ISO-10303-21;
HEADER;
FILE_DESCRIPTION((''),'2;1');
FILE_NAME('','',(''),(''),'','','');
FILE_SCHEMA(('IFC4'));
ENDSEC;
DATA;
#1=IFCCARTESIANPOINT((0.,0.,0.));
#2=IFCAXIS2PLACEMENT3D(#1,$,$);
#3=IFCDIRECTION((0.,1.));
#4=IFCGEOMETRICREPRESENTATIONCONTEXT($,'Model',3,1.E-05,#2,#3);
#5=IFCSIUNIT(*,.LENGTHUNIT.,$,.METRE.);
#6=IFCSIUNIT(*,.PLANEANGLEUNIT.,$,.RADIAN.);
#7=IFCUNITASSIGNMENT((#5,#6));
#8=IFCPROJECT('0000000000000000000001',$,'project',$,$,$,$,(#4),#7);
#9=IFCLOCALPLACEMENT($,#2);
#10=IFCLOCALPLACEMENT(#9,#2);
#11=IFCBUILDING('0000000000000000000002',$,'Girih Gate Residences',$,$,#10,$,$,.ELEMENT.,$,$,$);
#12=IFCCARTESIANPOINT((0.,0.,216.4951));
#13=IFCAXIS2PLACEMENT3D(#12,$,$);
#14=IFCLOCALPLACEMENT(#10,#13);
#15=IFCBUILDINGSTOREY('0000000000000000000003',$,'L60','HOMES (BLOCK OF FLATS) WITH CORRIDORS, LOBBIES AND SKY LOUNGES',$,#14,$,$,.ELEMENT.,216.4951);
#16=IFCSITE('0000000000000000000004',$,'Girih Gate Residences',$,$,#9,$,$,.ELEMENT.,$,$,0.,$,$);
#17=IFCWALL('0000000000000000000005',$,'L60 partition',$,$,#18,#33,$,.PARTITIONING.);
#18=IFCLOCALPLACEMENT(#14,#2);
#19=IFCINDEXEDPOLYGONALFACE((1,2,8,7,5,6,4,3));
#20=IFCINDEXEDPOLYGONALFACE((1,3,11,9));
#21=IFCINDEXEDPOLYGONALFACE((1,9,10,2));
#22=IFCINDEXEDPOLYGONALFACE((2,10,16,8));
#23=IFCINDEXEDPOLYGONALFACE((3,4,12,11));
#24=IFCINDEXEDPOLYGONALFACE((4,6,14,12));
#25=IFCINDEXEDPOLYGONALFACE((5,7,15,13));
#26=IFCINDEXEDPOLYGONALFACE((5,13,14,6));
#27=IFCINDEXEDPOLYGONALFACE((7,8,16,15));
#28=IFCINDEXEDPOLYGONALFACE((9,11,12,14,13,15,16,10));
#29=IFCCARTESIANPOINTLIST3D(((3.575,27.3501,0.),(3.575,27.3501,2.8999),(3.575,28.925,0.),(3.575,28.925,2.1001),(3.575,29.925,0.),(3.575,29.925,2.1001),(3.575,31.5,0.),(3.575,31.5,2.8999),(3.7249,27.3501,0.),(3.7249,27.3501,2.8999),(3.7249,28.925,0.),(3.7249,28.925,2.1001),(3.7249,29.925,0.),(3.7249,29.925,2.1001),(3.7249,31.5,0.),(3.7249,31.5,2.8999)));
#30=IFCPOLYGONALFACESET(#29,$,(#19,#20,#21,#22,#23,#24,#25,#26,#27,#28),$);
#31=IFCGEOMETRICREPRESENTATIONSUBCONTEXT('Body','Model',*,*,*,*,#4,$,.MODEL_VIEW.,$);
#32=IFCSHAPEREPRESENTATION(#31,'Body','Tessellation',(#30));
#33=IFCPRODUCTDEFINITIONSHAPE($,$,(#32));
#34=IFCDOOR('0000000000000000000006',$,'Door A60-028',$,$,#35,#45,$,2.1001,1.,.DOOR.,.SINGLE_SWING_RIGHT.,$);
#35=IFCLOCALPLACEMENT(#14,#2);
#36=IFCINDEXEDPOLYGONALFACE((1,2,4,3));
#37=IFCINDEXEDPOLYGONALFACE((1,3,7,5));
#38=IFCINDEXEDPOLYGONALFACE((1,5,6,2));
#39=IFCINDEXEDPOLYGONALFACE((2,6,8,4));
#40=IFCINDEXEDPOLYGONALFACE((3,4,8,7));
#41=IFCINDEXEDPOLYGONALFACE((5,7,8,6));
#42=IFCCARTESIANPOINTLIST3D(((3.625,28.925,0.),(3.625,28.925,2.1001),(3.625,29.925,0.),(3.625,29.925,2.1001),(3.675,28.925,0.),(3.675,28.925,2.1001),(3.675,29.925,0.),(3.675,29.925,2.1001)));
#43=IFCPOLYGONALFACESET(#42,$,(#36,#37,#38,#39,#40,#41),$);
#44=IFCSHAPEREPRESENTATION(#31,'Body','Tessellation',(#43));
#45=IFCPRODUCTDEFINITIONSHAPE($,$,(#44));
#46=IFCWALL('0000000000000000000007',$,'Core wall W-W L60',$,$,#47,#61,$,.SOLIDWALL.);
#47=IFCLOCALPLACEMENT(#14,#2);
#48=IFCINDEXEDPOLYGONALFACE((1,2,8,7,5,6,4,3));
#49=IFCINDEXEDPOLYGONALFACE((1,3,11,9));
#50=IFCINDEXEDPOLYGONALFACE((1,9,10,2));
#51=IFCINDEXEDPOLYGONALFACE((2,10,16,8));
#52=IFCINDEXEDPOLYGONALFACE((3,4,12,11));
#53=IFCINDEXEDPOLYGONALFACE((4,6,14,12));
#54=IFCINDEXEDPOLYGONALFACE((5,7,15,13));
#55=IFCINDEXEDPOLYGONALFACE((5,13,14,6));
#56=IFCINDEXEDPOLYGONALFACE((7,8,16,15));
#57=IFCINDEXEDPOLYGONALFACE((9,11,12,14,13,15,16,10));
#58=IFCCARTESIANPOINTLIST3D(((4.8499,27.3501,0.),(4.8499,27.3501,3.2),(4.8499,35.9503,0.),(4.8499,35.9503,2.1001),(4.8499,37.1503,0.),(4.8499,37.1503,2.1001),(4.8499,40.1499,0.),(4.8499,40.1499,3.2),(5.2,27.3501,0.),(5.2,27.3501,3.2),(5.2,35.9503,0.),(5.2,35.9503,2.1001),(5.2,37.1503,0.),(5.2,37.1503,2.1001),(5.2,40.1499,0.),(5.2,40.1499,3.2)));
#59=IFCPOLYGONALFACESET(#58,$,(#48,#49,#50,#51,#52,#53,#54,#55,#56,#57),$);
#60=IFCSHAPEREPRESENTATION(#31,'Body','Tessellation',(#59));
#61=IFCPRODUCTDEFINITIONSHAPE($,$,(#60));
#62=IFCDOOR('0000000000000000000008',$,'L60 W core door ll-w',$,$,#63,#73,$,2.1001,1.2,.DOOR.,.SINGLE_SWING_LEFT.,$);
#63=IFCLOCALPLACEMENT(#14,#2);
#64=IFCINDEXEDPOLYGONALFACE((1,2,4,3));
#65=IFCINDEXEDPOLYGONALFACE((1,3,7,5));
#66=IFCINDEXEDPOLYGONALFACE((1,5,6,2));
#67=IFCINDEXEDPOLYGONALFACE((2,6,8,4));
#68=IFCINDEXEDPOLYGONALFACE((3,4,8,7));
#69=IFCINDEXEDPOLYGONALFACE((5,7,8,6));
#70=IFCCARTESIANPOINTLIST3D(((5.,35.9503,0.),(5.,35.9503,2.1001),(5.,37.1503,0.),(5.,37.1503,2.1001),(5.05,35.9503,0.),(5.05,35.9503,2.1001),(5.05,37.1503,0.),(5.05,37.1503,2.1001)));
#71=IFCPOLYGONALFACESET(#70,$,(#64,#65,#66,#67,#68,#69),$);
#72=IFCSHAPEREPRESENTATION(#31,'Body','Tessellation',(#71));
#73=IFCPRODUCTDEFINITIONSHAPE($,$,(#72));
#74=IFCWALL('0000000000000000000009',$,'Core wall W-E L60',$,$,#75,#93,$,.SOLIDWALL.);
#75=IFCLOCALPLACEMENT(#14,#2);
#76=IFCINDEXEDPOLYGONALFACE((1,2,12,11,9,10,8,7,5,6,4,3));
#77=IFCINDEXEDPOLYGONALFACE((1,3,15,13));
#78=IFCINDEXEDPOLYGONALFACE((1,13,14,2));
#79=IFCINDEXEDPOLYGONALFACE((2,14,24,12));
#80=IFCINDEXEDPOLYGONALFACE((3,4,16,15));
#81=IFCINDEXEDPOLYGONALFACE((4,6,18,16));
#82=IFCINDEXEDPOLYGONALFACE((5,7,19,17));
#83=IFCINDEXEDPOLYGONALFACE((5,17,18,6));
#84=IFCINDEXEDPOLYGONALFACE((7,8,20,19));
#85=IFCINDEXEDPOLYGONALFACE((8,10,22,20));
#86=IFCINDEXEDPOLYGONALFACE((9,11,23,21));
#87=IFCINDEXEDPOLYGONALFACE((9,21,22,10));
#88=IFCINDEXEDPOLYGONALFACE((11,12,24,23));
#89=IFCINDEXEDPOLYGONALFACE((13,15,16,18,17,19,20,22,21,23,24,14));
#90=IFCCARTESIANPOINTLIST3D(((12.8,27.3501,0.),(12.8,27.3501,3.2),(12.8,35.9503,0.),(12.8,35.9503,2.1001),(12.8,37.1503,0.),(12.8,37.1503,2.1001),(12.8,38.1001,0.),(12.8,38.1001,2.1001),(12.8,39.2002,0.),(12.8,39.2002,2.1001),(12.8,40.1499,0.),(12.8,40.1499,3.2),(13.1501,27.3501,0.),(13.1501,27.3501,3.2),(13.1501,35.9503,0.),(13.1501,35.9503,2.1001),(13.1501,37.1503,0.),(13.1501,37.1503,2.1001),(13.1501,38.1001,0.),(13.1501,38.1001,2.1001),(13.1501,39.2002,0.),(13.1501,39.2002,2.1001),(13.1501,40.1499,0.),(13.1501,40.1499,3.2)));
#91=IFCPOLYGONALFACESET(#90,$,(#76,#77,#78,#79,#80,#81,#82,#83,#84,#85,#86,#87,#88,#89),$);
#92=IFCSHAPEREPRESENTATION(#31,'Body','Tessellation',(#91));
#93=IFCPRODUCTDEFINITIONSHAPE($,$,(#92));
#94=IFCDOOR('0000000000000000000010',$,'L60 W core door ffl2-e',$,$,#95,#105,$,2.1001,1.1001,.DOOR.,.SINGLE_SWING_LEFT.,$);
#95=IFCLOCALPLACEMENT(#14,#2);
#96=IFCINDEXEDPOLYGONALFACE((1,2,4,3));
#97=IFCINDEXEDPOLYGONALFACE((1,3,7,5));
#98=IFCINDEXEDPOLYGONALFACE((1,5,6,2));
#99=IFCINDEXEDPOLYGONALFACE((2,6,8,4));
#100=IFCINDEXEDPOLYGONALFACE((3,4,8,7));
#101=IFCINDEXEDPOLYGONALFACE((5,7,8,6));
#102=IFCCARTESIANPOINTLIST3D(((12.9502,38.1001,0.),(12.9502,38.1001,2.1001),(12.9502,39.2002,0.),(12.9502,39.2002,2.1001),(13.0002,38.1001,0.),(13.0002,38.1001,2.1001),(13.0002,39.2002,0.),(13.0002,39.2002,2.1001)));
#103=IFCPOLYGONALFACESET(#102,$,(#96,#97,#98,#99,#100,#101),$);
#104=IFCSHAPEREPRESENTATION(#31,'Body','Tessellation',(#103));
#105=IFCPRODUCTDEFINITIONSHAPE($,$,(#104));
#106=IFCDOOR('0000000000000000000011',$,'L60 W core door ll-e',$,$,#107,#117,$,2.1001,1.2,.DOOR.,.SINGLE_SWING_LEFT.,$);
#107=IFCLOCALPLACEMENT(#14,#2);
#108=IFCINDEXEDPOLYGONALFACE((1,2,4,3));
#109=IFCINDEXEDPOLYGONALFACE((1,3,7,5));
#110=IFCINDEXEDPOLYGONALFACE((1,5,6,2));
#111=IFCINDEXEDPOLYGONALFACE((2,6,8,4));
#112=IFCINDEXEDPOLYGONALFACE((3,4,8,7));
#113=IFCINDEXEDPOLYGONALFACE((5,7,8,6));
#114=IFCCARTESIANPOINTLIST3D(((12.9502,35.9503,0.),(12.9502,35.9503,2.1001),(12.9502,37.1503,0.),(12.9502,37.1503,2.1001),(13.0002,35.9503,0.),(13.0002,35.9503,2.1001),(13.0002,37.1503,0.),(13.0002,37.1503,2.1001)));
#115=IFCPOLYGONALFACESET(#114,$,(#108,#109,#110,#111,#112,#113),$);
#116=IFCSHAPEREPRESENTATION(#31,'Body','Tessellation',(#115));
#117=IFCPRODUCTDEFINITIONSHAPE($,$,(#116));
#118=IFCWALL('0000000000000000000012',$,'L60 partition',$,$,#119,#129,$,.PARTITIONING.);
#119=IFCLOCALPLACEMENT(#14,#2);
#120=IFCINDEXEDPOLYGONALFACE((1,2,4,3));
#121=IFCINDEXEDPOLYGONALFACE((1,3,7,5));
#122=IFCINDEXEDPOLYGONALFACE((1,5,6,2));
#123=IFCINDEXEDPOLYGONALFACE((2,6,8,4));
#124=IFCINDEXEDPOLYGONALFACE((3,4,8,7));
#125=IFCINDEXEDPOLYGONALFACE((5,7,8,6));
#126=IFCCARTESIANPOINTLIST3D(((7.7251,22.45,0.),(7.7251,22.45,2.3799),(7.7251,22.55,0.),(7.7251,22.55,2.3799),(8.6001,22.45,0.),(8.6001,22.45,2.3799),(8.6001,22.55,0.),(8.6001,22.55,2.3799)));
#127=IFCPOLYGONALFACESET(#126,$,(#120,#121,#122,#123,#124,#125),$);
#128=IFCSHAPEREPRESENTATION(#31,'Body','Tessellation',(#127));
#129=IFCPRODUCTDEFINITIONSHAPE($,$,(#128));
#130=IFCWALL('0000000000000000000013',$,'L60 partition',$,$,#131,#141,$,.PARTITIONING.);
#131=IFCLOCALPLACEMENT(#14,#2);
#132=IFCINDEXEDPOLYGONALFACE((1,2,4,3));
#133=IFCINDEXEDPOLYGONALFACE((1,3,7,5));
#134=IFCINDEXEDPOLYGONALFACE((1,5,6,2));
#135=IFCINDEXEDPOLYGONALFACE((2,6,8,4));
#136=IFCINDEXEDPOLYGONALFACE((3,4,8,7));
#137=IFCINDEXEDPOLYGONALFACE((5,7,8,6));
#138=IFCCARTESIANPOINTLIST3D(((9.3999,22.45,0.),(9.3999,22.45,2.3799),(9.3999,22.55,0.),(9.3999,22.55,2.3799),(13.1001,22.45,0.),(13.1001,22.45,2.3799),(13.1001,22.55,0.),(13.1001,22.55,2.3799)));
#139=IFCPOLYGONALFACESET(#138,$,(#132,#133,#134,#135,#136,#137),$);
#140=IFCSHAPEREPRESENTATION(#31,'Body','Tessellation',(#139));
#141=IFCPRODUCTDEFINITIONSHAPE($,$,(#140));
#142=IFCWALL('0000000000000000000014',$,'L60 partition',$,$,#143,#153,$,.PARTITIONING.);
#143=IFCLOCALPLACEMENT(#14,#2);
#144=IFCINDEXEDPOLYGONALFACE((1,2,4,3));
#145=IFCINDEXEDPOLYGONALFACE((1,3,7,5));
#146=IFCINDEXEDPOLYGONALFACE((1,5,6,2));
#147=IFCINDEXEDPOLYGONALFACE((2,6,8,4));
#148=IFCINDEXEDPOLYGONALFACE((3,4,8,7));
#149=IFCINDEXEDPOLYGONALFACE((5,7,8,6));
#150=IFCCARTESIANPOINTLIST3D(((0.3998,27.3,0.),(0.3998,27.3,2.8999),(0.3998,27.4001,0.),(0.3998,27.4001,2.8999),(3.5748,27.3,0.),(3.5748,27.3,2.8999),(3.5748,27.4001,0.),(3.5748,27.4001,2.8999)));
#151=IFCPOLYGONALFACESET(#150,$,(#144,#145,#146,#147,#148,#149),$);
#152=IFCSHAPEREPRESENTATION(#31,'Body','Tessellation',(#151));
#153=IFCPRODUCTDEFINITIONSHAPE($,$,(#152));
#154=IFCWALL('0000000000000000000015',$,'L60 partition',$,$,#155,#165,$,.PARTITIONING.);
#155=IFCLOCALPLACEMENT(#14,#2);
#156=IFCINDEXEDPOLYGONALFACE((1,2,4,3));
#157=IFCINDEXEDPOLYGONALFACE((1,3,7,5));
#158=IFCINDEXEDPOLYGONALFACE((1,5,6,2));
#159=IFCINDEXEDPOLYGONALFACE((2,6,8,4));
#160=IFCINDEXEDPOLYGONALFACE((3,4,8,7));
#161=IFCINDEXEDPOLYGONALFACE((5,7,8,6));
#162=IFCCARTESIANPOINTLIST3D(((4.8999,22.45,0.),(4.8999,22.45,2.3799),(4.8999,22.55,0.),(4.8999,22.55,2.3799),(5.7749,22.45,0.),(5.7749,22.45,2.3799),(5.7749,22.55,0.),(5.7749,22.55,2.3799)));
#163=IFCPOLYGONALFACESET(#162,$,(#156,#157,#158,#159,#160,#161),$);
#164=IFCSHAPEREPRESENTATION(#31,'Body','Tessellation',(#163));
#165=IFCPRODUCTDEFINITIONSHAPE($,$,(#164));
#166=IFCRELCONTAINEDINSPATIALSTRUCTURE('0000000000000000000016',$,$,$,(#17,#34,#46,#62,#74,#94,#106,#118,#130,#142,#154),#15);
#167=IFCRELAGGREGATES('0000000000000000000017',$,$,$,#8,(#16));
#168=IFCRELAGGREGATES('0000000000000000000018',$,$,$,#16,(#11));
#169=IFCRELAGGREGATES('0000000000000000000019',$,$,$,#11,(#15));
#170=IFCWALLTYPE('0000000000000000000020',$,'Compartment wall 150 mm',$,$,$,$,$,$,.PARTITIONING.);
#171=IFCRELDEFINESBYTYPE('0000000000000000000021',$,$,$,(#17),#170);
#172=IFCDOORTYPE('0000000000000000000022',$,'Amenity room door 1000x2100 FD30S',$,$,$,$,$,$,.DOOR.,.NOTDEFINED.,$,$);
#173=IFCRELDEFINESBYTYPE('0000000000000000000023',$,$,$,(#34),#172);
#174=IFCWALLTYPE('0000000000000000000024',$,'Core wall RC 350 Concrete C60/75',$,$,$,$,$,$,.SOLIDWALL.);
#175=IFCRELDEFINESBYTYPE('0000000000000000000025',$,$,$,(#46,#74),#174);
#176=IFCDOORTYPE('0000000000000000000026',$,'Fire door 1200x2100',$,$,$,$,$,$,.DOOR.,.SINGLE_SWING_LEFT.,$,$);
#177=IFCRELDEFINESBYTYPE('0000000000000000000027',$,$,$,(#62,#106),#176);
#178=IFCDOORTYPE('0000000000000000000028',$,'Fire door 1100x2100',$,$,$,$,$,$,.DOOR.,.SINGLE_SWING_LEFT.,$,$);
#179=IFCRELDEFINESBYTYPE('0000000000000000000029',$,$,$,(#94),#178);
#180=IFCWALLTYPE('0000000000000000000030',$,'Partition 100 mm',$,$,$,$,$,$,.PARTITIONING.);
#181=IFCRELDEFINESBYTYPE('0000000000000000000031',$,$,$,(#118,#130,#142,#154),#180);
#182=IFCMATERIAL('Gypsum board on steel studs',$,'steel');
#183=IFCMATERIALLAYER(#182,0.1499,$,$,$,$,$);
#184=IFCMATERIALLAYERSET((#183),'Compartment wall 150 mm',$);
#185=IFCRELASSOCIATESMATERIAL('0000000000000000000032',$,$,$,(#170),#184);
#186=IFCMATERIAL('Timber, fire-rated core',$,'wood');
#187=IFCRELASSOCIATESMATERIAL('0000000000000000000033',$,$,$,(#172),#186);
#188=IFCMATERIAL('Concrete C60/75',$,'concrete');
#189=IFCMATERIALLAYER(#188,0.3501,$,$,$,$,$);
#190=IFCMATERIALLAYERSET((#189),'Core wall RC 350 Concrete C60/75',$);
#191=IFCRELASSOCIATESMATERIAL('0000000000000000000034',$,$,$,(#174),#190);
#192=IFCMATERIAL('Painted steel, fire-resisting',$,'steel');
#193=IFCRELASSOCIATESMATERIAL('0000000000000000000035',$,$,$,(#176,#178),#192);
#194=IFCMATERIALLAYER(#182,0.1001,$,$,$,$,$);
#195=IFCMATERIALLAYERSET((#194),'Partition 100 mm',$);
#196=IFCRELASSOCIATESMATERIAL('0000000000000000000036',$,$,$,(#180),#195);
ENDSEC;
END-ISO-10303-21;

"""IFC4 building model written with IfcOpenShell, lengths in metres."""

from ifc_helpers import new_model, si_unit, direction, frame, frame_2d, origin, place, context, subcontext, project, spatial, rectangle, extrude, material, layer, layer_set, type_object, element, fill, save


model = new_model("IFC4")

# Units and contexts
model_context = context("Model", 3, precision=1e-05, world=origin(), true_north=direction((0.0, 1.0)))
body_context = subcontext(model_context, "Body", "Model", "MODEL_VIEW")
ifc_project = project(units=[si_unit("LENGTHUNIT", "METRE"), si_unit("PLANEANGLEUNIT", "RADIAN")], contexts=[model_context])

# Site, building, storey
site_placement = place(None, origin())
site = spatial("IfcSite", under=ifc_project, at=site_placement, Name="Girih Gate Residences", CompositionType="ELEMENT", RefElevation=0.0)
building_placement = place(site_placement, origin())
building = spatial("IfcBuilding", under=site, at=building_placement, Name="Girih Gate Residences", CompositionType="ELEMENT")
storey_placement = place(building_placement, frame((0.0, 0.0, 216.4951)))
storey = spatial("IfcBuildingStorey", under=building, at=storey_placement, Name="L60", Description="HOMES (BLOCK OF FLATS) WITH CORRIDORS, LOBBIES AND SKY LOUNGES", CompositionType="ELEMENT", Elevation=216.4951)

# Shared definitions
ifc_material_1 = material(Name="Concrete C60/75", Category="concrete")

# Shared definitions
ifc_material_2 = material(Name="Gypsum board on steel studs", Category="steel")
ifc_layer_1 = layer(ifc_material_2, 0.1499)
ifc_layer_set_1 = layer_set([ifc_layer_1], Name="Compartment wall 150 mm")
wall_type_1 = type_object("IfcWallType", Name="Compartment wall 150 mm", PredefinedType="PARTITIONING", material=ifc_layer_set_1)
ifc_material_3 = material(Name="Timber, fire-rated core", Category="wood")
door_type_1 = type_object("IfcDoorType", Name="Amenity room door 1000x2100 FD30S", OperationType="NOTDEFINED", PredefinedType="DOOR", material=ifc_material_3)

# Walls, openings, doors
wall_1_placement = place(storey_placement, frame((3.6499, 27.3501, 0.0), z_axis=(0.0, 0.0, 1.0), x_axis=(0.0, 1.0, 0.0)))
wall_1 = element("IfcWall", 1, at=wall_1_placement, inside=storey, type_object=wall_type_1, Name="L60 partition", PredefinedType="PARTITIONING", context=body_context, shape_type="SweptSolid", body=[
    extrude(rectangle(XDim=4.1499, YDim=0.1499, at=frame_2d((2.075, 0.0))), origin(), (0.0, 0.0, 1.0), 2.8999),
])
opening_1_placement = place(wall_1_placement, frame((1.575, 0.0, 0.0)))
opening_1 = element("IfcOpeningElement", 2, at=opening_1_placement, cuts=wall_1, PredefinedType="OPENING", context=body_context, shape_type="SweptSolid", body=[
    extrude(rectangle(XDim=1.0, YDim=2.1001, at=frame_2d((0.5, 1.05))), frame((0.0, 0.085, 0.0), z_axis=(0.0, -1.0, 0.0), x_axis=(1.0, 0.0, 0.0)), (0.0, 0.0, 1.0), 0.1699),
])
door_1_placement = place(opening_1_placement, origin())
door_1 = element("IfcDoor", 3, at=door_1_placement, inside=storey, type_object=door_type_1, Name="Door A60-028", OperationType="SINGLE_SWING_RIGHT", OverallHeight=2.1001, OverallWidth=1.0, PredefinedType="DOOR", context=body_context, shape_type="SweptSolid", body=[
    extrude(rectangle(XDim=1.0, YDim=2.1001, at=frame_2d((0.5, 1.05))), frame((0.0, 0.0249, 0.0), z_axis=(0.0, -1.0, 0.0), x_axis=(1.0, 0.0, 0.0)), (0.0, 0.0, 1.0), 0.05),
])
fill(opening_1, door_1)
ifc_layer_2 = layer(ifc_material_1, 0.3501)
ifc_layer_set_2 = layer_set([ifc_layer_2], Name="Core wall RC 350 Concrete C60/75")
wall_type_2 = type_object("IfcWallType", Name="Core wall RC 350 Concrete C60/75", PredefinedType="SOLIDWALL", material=ifc_layer_set_2)
wall_2_placement = place(storey_placement, frame((5.0249, 27.3501, 0.0), z_axis=(0.0, 0.0, 1.0), x_axis=(0.0, 1.0, 0.0)))
wall_2 = element("IfcWall", 4, at=wall_2_placement, inside=storey, type_object=wall_type_2, Name="Core wall W-W L60", PredefinedType="SOLIDWALL", context=body_context, shape_type="SweptSolid", body=[
    extrude(rectangle(XDim=12.7998, YDim=0.3501, at=frame_2d((6.3999, 0.0))), origin(), (0.0, 0.0, 1.0), 3.2),
])
opening_2_placement = place(wall_2_placement, frame((8.6001, 0.0, 0.0)))
opening_2 = element("IfcOpeningElement", 5, at=opening_2_placement, cuts=wall_2, PredefinedType="OPENING", context=body_context, shape_type="SweptSolid", body=[
    extrude(rectangle(XDim=1.2, YDim=2.1001, at=frame_2d((0.6001, 1.05))), frame((0.0, 0.1851, 0.0), z_axis=(0.0, -1.0, 0.0), x_axis=(1.0, 0.0, 0.0)), (0.0, 0.0, 1.0), 0.3701),
])
ifc_material_4 = material(Name="Painted steel, fire-resisting", Category="steel")
door_type_2 = type_object("IfcDoorType", Name="Fire door 1200x2100", OperationType="SINGLE_SWING_LEFT", PredefinedType="DOOR", material=ifc_material_4)
door_2_placement = place(opening_2_placement, origin())
door_2 = element("IfcDoor", 6, at=door_2_placement, inside=storey, type_object=door_type_2, Name="L60 W core door ll-w", OperationType="SINGLE_SWING_LEFT", OverallHeight=2.1001, OverallWidth=1.2, PredefinedType="DOOR", context=body_context, shape_type="SweptSolid", body=[
    extrude(rectangle(XDim=1.2, YDim=2.1001, at=frame_2d((0.6001, 1.05))), frame((0.0, 0.0249, 0.0), z_axis=(0.0, -1.0, 0.0), x_axis=(1.0, 0.0, 0.0)), (0.0, 0.0, 1.0), 0.05),
])
fill(opening_2, door_2)

# Wall, openings, doors
wall_3_placement = place(storey_placement, frame((12.9751, 27.3501, 0.0), z_axis=(0.0, 0.0, 1.0), x_axis=(0.0, 1.0, 0.0)))
wall_3 = element("IfcWall", 7, at=wall_3_placement, inside=storey, type_object=wall_type_2, Name="Core wall W-E L60", PredefinedType="SOLIDWALL", context=body_context, shape_type="SweptSolid", body=[
    extrude(rectangle(XDim=12.7998, YDim=0.3501, at=frame_2d((6.3999, 0.0))), origin(), (0.0, 0.0, 1.0), 3.2),
])
opening_3_placement = place(wall_3_placement, frame((10.75, 0.0, 0.0)))
opening_3 = element("IfcOpeningElement", 8, at=opening_3_placement, cuts=wall_3, PredefinedType="OPENING", context=body_context, shape_type="SweptSolid", body=[
    extrude(rectangle(XDim=1.1001, YDim=2.1001, at=frame_2d((0.55, 1.05))), frame((0.0, 0.1851, 0.0), z_axis=(0.0, -1.0, 0.0), x_axis=(1.0, 0.0, 0.0)), (0.0, 0.0, 1.0), 0.3701),
])
opening_4_placement = place(wall_3_placement, frame((8.6001, 0.0, 0.0)))
opening_4 = element("IfcOpeningElement", 9, at=opening_4_placement, cuts=wall_3, PredefinedType="OPENING", context=body_context, shape_type="SweptSolid", body=[
    extrude(rectangle(XDim=1.2, YDim=2.1001, at=frame_2d((0.6001, 1.05))), frame((0.0, 0.1851, 0.0), z_axis=(0.0, -1.0, 0.0), x_axis=(1.0, 0.0, 0.0)), (0.0, 0.0, 1.0), 0.3701),
])
door_type_3 = type_object("IfcDoorType", Name="Fire door 1100x2100", OperationType="SINGLE_SWING_LEFT", PredefinedType="DOOR", material=ifc_material_4)
door_3_placement = place(opening_3_placement, origin())
door_3 = element("IfcDoor", 10, at=door_3_placement, inside=storey, type_object=door_type_3, Name="L60 W core door ffl2-e", OperationType="SINGLE_SWING_LEFT", OverallHeight=2.1001, OverallWidth=1.1001, PredefinedType="DOOR", context=body_context, shape_type="SweptSolid", body=[
    extrude(rectangle(XDim=1.1001, YDim=2.1001, at=frame_2d((0.55, 1.05))), frame((0.0, 0.0249, 0.0), z_axis=(0.0, -1.0, 0.0), x_axis=(1.0, 0.0, 0.0)), (0.0, 0.0, 1.0), 0.05),
])
fill(opening_3, door_3)
door_4_placement = place(opening_4_placement, origin())
door_4 = element("IfcDoor", 11, at=door_4_placement, inside=storey, type_object=door_type_2, Name="L60 W core door ll-e", OperationType="SINGLE_SWING_LEFT", OverallHeight=2.1001, OverallWidth=1.2, PredefinedType="DOOR", context=body_context, shape_type="SweptSolid", body=[
    extrude(rectangle(XDim=1.2, YDim=2.1001, at=frame_2d((0.6001, 1.05))), frame((0.0, 0.0249, 0.0), z_axis=(0.0, -1.0, 0.0), x_axis=(1.0, 0.0, 0.0)), (0.0, 0.0, 1.0), 0.05),
])
fill(opening_4, door_4)

# Walls
ifc_layer_3 = layer(ifc_material_2, 0.1001)
ifc_layer_set_3 = layer_set([ifc_layer_3], Name="Partition 100 mm")
wall_type_3 = type_object("IfcWallType", Name="Partition 100 mm", PredefinedType="PARTITIONING", material=ifc_layer_set_3)
wall_4_placement = place(storey_placement, frame((7.7251, 22.5, 0.0), z_axis=(0.0, 0.0, 1.0), x_axis=(1.0, 0.0, 0.0)))
element("IfcWall", 12, at=wall_4_placement, inside=storey, type_object=wall_type_3, Name="L60 partition", PredefinedType="PARTITIONING", context=body_context, shape_type="SweptSolid", body=[
    extrude(rectangle(XDim=0.875, YDim=0.1001, at=frame_2d((0.4375, 0.0))), origin(), (0.0, 0.0, 1.0), 2.3799),
])
wall_5_placement = place(storey_placement, frame((9.3999, 22.5, 0.0), z_axis=(0.0, 0.0, 1.0), x_axis=(1.0, 0.0, 0.0)))
element("IfcWall", 13, at=wall_5_placement, inside=storey, type_object=wall_type_3, Name="L60 partition", PredefinedType="PARTITIONING", context=body_context, shape_type="SweptSolid", body=[
    extrude(rectangle(XDim=3.7002, YDim=0.1001, at=frame_2d((1.8501, 0.0))), origin(), (0.0, 0.0, 1.0), 2.3799),
])
wall_6_placement = place(storey_placement, frame((0.3999, 27.3501, 0.0), z_axis=(0.0, 0.0, 1.0), x_axis=(1.0, 0.0, 0.0)))
element("IfcWall", 14, at=wall_6_placement, inside=storey, type_object=wall_type_3, Name="L60 partition", PredefinedType="PARTITIONING", context=body_context, shape_type="SweptSolid", body=[
    extrude(rectangle(XDim=3.175, YDim=0.1001, at=frame_2d((1.5874, 0.0))), origin(), (0.0, 0.0, 1.0), 2.8999),
])
wall_7_placement = place(storey_placement, frame((4.8999, 22.5, 0.0), z_axis=(0.0, 0.0, 1.0), x_axis=(1.0, 0.0, 0.0)))
element("IfcWall", 15, at=wall_7_placement, inside=storey, type_object=wall_type_3, Name="L60 partition", PredefinedType="PARTITIONING", context=body_context, shape_type="SweptSolid", body=[
    extrude(rectangle(XDim=0.875, YDim=0.1001, at=frame_2d((0.4375, 0.0))), origin(), (0.0, 0.0, 1.0), 2.3799),
])

save(model, "model.ifc")
